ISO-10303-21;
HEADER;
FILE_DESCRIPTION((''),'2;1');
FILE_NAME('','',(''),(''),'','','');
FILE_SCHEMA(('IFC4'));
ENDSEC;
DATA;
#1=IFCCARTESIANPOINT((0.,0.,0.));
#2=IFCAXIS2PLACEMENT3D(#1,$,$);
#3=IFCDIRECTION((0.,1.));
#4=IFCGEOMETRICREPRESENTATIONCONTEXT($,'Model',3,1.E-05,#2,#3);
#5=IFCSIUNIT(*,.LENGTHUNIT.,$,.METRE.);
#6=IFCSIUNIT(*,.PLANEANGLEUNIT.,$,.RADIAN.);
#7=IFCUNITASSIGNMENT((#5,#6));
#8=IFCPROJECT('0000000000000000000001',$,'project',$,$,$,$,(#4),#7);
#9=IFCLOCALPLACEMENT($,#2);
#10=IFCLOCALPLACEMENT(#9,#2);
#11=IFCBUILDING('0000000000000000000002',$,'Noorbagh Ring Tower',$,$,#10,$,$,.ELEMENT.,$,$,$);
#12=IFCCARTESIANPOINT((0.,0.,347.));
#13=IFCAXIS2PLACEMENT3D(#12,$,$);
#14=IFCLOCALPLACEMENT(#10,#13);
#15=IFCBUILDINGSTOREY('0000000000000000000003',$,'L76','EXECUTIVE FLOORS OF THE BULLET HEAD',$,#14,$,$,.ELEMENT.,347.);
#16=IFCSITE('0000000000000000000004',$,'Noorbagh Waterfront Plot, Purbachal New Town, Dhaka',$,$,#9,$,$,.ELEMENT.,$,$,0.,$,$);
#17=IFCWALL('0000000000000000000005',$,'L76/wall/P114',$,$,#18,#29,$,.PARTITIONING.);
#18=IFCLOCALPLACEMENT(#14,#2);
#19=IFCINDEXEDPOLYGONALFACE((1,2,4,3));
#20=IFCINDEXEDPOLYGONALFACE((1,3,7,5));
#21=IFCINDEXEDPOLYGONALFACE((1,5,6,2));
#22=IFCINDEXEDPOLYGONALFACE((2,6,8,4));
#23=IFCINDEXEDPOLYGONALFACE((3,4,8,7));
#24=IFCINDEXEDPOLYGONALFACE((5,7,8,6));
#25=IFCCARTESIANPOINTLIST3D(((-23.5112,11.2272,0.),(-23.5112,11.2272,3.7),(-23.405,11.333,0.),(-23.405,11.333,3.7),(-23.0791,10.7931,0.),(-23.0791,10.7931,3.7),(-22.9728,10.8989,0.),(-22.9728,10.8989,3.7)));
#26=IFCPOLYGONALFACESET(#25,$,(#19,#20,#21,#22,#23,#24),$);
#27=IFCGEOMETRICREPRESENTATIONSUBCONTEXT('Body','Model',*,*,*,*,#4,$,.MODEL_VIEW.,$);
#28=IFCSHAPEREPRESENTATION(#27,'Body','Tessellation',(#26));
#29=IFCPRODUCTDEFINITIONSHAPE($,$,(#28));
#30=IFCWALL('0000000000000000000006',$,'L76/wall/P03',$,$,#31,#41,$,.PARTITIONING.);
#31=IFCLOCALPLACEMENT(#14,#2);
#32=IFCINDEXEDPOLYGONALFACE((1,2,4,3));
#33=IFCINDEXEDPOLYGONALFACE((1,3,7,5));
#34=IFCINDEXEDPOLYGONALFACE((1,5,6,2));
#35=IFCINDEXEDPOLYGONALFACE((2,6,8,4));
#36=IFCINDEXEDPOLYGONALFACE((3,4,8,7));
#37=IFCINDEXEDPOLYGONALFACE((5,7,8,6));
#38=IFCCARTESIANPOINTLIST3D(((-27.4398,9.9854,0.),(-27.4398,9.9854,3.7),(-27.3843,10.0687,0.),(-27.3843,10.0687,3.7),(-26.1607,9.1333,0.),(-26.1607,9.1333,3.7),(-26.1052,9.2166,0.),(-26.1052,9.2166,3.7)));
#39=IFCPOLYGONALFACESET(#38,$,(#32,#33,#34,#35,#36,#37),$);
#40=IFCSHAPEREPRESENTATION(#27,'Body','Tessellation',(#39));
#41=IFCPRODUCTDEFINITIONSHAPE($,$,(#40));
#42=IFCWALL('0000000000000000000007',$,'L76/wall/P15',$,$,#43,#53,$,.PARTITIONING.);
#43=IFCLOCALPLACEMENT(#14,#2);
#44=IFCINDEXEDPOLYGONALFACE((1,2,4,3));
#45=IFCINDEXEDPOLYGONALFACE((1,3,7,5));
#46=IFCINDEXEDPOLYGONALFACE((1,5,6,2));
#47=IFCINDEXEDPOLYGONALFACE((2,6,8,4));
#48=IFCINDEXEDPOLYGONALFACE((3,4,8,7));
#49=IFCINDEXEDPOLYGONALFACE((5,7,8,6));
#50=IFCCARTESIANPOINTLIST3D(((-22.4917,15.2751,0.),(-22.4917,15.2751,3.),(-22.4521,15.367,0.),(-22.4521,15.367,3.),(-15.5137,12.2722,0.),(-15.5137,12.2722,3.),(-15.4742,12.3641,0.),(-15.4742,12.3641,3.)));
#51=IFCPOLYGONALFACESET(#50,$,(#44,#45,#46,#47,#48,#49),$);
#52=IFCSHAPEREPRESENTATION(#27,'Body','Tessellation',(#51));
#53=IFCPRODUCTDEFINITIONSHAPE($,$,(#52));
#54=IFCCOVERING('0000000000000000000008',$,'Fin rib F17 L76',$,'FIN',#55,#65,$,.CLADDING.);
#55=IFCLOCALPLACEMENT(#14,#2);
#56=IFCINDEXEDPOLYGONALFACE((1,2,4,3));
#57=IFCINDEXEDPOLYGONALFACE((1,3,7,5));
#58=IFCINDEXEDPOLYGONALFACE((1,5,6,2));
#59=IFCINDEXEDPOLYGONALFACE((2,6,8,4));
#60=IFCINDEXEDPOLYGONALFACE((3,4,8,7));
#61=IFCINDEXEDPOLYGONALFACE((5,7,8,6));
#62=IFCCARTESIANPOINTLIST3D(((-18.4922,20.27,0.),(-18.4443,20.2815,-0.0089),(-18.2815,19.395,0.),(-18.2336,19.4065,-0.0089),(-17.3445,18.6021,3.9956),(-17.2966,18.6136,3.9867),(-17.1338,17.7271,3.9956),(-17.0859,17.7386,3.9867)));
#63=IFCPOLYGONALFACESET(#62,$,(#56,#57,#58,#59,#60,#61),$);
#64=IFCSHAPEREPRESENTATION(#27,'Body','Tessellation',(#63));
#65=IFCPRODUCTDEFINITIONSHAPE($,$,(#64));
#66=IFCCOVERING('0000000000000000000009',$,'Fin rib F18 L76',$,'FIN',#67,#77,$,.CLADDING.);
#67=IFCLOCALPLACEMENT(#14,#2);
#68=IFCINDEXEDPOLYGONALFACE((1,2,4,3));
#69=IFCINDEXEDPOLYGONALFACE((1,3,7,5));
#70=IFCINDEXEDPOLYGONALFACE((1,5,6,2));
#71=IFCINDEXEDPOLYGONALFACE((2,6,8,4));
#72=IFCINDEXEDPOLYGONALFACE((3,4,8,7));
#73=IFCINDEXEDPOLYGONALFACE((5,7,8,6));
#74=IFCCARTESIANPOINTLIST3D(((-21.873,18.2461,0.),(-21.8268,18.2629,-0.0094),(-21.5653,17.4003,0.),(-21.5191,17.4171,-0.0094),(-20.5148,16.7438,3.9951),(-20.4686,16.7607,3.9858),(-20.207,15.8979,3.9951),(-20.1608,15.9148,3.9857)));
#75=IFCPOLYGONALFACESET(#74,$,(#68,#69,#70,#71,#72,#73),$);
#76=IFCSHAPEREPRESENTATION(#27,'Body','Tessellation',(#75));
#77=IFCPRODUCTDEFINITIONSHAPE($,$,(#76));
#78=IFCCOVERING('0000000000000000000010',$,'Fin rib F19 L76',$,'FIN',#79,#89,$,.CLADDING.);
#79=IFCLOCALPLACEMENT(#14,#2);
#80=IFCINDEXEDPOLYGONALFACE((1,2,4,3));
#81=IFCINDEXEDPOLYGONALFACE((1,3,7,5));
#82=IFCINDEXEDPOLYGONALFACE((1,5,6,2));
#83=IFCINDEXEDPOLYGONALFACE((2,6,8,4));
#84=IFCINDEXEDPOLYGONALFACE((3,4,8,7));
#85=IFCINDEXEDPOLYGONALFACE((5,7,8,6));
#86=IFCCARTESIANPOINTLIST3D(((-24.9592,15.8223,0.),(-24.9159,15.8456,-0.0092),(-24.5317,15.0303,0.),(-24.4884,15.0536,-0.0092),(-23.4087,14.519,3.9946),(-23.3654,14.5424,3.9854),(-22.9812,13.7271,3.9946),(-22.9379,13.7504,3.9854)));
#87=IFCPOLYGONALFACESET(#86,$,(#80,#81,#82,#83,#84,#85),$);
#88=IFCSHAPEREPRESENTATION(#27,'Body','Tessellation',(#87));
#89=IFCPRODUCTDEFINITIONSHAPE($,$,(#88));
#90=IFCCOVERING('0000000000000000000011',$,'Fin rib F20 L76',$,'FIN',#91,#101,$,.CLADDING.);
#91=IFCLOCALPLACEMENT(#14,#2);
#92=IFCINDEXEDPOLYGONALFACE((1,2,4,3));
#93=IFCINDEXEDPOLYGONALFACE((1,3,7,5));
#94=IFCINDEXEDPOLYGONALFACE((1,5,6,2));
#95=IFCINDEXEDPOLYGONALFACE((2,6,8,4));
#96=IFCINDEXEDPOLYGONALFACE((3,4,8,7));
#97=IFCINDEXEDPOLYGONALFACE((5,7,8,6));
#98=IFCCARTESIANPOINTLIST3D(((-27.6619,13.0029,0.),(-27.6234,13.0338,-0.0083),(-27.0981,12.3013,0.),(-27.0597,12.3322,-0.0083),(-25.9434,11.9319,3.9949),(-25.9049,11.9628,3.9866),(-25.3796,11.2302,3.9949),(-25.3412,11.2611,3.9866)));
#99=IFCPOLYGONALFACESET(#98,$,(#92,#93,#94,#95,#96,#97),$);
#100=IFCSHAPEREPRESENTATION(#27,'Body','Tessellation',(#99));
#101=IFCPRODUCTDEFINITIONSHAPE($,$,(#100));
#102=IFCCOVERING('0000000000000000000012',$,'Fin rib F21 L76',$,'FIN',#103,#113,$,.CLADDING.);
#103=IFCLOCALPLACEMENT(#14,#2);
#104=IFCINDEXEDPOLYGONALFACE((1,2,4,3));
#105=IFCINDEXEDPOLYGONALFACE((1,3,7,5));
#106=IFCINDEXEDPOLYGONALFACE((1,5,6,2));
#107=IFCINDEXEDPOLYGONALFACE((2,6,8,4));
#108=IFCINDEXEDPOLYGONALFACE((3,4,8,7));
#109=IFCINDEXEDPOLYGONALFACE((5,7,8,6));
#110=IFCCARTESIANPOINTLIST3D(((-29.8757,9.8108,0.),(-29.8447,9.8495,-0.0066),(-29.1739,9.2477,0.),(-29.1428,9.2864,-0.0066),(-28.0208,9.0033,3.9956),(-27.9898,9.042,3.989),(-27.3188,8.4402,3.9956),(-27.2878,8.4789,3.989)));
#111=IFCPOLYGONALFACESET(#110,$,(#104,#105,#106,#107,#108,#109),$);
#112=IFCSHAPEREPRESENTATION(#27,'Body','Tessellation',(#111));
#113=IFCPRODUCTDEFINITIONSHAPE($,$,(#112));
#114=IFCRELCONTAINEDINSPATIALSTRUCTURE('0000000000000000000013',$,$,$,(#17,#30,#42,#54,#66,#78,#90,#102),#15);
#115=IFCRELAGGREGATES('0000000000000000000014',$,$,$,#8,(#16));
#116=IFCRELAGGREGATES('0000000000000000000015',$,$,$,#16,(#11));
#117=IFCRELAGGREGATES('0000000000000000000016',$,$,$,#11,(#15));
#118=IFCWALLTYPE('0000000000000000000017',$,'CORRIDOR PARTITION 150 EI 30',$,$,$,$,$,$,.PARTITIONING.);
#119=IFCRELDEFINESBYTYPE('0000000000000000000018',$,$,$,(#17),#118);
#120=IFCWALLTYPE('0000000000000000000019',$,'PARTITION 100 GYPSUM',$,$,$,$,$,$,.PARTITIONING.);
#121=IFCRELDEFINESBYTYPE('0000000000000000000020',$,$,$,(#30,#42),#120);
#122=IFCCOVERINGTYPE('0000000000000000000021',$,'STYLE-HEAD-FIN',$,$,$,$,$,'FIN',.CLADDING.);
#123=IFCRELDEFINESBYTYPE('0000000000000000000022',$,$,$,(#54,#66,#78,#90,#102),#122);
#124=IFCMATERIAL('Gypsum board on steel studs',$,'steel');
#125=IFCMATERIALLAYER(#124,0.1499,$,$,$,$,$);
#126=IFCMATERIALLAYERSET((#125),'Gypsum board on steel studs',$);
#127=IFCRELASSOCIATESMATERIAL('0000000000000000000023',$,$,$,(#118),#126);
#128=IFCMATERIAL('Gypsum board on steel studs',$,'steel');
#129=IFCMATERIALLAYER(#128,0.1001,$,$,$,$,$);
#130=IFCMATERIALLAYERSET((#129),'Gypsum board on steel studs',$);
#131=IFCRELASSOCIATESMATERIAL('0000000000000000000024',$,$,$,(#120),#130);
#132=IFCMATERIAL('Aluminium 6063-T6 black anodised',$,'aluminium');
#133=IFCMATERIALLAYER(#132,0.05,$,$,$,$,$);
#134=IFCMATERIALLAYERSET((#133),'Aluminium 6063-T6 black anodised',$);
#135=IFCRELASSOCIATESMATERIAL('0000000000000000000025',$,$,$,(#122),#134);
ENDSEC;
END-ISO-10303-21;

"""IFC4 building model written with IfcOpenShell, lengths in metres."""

from ifc_helpers import new_model, si_unit, direction, frame, frame_2d, origin, place, context, subcontext, project, spatial, polyline, rectangle, outline, extrude, material, layer, layer_set, type_object, element, save


model = new_model("IFC4")

# Units and contexts
model_context = context("Model", 3, precision=1e-05, world=origin(), true_north=direction((0.0, 1.0)))
body_context = subcontext(model_context, "Body", "Model", "MODEL_VIEW")
ifc_project = project(units=[si_unit("LENGTHUNIT", "METRE"), si_unit("PLANEANGLEUNIT", "RADIAN")], contexts=[model_context])

# Site, building, storey
site_placement = place(None, origin())
site = spatial("IfcSite", under=ifc_project, at=site_placement, Name="Noorbagh Waterfront Plot, Purbachal New Town, Dhaka", CompositionType="ELEMENT", RefElevation=0.0)
building_placement = place(site_placement, origin())
building = spatial("IfcBuilding", under=site, at=building_placement, Name="Noorbagh Ring Tower", CompositionType="ELEMENT")
storey_placement = place(building_placement, frame((0.0, 0.0, 347.0)))
storey = spatial("IfcBuildingStorey", under=building, at=storey_placement, Name="L76", Description="EXECUTIVE FLOORS OF THE BULLET HEAD", CompositionType="ELEMENT", Elevation=347.0)

# Shared definitions
ifc_material_1 = material(Name="Gypsum board on steel studs", Category="steel")
ifc_layer_1 = layer(ifc_material_1, 0.1499)
ifc_layer_set_1 = layer_set([ifc_layer_1], Name="Gypsum board on steel studs")
wall_type_1 = type_object("IfcWallType", Name="CORRIDOR PARTITION 150 EI 30", PredefinedType="PARTITIONING", material=ifc_layer_set_1)

# Walls
wall_1_placement = place(storey_placement, frame((-23.458, 11.28, 0.0), z_axis=(0.0, 0.0, 1.0), x_axis=(0.705511, -0.708699, 0.0)))
element("IfcWall", 1, at=wall_1_placement, inside=storey, type_object=wall_type_1, Name="L76/wall/P114", PredefinedType="PARTITIONING", context=body_context, shape_type="SweptSolid", body=[
    extrude(rectangle(XDim=0.6125, YDim=0.1499, at=frame_2d((0.3062, 0.0))), origin(), (0.0, 0.0, 1.0), 3.7),
])
ifc_material_2 = material(Name="Gypsum board on steel studs", Category="steel")
ifc_layer_2 = layer(ifc_material_2, 0.1001)
ifc_layer_set_2 = layer_set([ifc_layer_2], Name="Gypsum board on steel studs")
wall_type_2 = type_object("IfcWallType", Name="PARTITION 100 GYPSUM", PredefinedType="PARTITIONING", material=ifc_layer_set_2)
wall_2_placement = place(storey_placement, frame((-27.4121, 10.0271, 0.0), z_axis=(0.0, 0.0, 1.0), x_axis=(0.832246, -0.554407, 0.0)))
element("IfcWall", 2, at=wall_2_placement, inside=storey, type_object=wall_type_2, Name="L76/wall/P03", PredefinedType="PARTITIONING", context=body_context, shape_type="SweptSolid", body=[
    extrude(rectangle(XDim=1.5369, YDim=0.1001, at=frame_2d((0.7686, 0.0))), origin(), (0.0, 0.0, 1.0), 3.7),
])
wall_3_placement = place(storey_placement, frame((-22.4719, 15.321, 0.0), z_axis=(0.0, 0.0, 1.0), x_axis=(0.918556, -0.395292, 0.0)))
element("IfcWall", 3, at=wall_3_placement, inside=storey, type_object=wall_type_2, Name="L76/wall/P15", PredefinedType="PARTITIONING", context=body_context, shape_type="SweptSolid", body=[
    extrude(rectangle(XDim=7.5967, YDim=0.1001, at=frame_2d((3.7983, 0.0))), origin(), (0.0, 0.0, 1.0), 3.0),
])

# Coverings
ifc_material_3 = material(Name="Aluminium 6063-T6 black anodised", Category="aluminium")
ifc_layer_3 = layer(ifc_material_3, 0.05)
ifc_layer_set_3 = layer_set([ifc_layer_3], Name="Aluminium 6063-T6 black anodised")
covering_type_1 = type_object("IfcCoveringType", Name="STYLE-HEAD-FIN", ElementType="FIN", PredefinedType="CLADDING", material=ifc_layer_set_3)
covering_1_placement = place(storey_placement, frame((-18.4922, 20.27, 0.0), z_axis=(-0.956578, -0.230337, 0.178615), x_axis=(0.256224, -0.372372, 0.892014)))
element("IfcCovering", 4, at=covering_1_placement, inside=storey, type_object=covering_type_1, Name="Fin rib F17 L76", ObjectType="FIN", PredefinedType="CLADDING", context=body_context, shape_type="SweptSolid", body=[
    extrude(outline(polyline([(0.0, 0.0), (4.4793, 0.0), (4.8591, -0.8159), (0.3798, -0.8159), (0.0, 0.0)])), origin(), (0.0, 0.0, -1.0), 0.05),
])
covering_2_placement = place(storey_placement, frame((-21.873, 18.2461, 0.0), z_axis=(-0.923061, -0.33584, 0.187537), x_axis=(0.30324, -0.335387, 0.891942)))
element("IfcCovering", 5, at=covering_2_placement, inside=storey, type_object=covering_type_1, Name="Fin rib F18 L76", ObjectType="FIN", PredefinedType="CLADDING", context=body_context, shape_type="SweptSolid", body=[
    extrude(outline(polyline([(0.0, 0.0), (4.4792, 0.0), (4.8562, -0.8174), (0.377, -0.8172), (0.0, 0.0)])), origin(), (0.0, 0.0, -1.0), 0.05),
])
covering_3_placement = place(storey_placement, frame((-24.9592, 15.8223, 0.0), z_axis=(-0.865058, -0.466929, 0.183444), x_axis=(0.346195, -0.290976, 0.891898)))
element("IfcCovering", 6, at=covering_3_placement, inside=storey, type_object=covering_type_1, Name="Fin rib F19 L76", ObjectType="FIN", PredefinedType="CLADDING", context=body_context, shape_type="SweptSolid", body=[
    extrude(outline(polyline([(0.0, 0.0), (4.4788, 0.0), (4.8572, -0.8166), (0.3784, -0.8166), (0.0, 0.0)])), origin(), (0.0, 0.0, -1.0), 0.05),
])
covering_4_placement = place(storey_placement, frame((-27.6619, 13.0029, 0.0), z_axis=(-0.768867, -0.617716, 0.165137), x_axis=(0.3837, -0.239138, 0.891957)))
element("IfcCovering", 7, at=covering_4_placement, inside=storey, type_object=covering_type_1, Name="Fin rib F20 L76", ObjectType="FIN", PredefinedType="CLADDING", context=body_context, shape_type="SweptSolid", body=[
    extrude(outline(polyline([(0.0, 0.0), (4.4788, 0.0), (4.8629, -0.814), (0.3841, -0.814), (0.0, 0.0)])), origin(), (0.0, 0.0, -1.0), 0.05),
])
covering_5_placement = place(storey_placement, frame((-29.8757, 9.8108, 0.0), z_axis=(-0.620317, -0.773211, 0.131723), x_axis=(0.414176, -0.180291, 0.892162)))
element("IfcCovering", 8, at=covering_5_placement, inside=storey, type_object=covering_type_1, Name="Fin rib F21 L76", ObjectType="FIN", PredefinedType="CLADDING", context=body_context, shape_type="SweptSolid", body=[
    extrude(outline(polyline([(0.0, 0.0), (4.4786, 0.0), (4.8708, -0.81), (0.3922, -0.8098), (0.0, 0.0)])), origin(), (0.0, 0.0, -1.0), 0.05),
])

save(model, "model.ifc")
